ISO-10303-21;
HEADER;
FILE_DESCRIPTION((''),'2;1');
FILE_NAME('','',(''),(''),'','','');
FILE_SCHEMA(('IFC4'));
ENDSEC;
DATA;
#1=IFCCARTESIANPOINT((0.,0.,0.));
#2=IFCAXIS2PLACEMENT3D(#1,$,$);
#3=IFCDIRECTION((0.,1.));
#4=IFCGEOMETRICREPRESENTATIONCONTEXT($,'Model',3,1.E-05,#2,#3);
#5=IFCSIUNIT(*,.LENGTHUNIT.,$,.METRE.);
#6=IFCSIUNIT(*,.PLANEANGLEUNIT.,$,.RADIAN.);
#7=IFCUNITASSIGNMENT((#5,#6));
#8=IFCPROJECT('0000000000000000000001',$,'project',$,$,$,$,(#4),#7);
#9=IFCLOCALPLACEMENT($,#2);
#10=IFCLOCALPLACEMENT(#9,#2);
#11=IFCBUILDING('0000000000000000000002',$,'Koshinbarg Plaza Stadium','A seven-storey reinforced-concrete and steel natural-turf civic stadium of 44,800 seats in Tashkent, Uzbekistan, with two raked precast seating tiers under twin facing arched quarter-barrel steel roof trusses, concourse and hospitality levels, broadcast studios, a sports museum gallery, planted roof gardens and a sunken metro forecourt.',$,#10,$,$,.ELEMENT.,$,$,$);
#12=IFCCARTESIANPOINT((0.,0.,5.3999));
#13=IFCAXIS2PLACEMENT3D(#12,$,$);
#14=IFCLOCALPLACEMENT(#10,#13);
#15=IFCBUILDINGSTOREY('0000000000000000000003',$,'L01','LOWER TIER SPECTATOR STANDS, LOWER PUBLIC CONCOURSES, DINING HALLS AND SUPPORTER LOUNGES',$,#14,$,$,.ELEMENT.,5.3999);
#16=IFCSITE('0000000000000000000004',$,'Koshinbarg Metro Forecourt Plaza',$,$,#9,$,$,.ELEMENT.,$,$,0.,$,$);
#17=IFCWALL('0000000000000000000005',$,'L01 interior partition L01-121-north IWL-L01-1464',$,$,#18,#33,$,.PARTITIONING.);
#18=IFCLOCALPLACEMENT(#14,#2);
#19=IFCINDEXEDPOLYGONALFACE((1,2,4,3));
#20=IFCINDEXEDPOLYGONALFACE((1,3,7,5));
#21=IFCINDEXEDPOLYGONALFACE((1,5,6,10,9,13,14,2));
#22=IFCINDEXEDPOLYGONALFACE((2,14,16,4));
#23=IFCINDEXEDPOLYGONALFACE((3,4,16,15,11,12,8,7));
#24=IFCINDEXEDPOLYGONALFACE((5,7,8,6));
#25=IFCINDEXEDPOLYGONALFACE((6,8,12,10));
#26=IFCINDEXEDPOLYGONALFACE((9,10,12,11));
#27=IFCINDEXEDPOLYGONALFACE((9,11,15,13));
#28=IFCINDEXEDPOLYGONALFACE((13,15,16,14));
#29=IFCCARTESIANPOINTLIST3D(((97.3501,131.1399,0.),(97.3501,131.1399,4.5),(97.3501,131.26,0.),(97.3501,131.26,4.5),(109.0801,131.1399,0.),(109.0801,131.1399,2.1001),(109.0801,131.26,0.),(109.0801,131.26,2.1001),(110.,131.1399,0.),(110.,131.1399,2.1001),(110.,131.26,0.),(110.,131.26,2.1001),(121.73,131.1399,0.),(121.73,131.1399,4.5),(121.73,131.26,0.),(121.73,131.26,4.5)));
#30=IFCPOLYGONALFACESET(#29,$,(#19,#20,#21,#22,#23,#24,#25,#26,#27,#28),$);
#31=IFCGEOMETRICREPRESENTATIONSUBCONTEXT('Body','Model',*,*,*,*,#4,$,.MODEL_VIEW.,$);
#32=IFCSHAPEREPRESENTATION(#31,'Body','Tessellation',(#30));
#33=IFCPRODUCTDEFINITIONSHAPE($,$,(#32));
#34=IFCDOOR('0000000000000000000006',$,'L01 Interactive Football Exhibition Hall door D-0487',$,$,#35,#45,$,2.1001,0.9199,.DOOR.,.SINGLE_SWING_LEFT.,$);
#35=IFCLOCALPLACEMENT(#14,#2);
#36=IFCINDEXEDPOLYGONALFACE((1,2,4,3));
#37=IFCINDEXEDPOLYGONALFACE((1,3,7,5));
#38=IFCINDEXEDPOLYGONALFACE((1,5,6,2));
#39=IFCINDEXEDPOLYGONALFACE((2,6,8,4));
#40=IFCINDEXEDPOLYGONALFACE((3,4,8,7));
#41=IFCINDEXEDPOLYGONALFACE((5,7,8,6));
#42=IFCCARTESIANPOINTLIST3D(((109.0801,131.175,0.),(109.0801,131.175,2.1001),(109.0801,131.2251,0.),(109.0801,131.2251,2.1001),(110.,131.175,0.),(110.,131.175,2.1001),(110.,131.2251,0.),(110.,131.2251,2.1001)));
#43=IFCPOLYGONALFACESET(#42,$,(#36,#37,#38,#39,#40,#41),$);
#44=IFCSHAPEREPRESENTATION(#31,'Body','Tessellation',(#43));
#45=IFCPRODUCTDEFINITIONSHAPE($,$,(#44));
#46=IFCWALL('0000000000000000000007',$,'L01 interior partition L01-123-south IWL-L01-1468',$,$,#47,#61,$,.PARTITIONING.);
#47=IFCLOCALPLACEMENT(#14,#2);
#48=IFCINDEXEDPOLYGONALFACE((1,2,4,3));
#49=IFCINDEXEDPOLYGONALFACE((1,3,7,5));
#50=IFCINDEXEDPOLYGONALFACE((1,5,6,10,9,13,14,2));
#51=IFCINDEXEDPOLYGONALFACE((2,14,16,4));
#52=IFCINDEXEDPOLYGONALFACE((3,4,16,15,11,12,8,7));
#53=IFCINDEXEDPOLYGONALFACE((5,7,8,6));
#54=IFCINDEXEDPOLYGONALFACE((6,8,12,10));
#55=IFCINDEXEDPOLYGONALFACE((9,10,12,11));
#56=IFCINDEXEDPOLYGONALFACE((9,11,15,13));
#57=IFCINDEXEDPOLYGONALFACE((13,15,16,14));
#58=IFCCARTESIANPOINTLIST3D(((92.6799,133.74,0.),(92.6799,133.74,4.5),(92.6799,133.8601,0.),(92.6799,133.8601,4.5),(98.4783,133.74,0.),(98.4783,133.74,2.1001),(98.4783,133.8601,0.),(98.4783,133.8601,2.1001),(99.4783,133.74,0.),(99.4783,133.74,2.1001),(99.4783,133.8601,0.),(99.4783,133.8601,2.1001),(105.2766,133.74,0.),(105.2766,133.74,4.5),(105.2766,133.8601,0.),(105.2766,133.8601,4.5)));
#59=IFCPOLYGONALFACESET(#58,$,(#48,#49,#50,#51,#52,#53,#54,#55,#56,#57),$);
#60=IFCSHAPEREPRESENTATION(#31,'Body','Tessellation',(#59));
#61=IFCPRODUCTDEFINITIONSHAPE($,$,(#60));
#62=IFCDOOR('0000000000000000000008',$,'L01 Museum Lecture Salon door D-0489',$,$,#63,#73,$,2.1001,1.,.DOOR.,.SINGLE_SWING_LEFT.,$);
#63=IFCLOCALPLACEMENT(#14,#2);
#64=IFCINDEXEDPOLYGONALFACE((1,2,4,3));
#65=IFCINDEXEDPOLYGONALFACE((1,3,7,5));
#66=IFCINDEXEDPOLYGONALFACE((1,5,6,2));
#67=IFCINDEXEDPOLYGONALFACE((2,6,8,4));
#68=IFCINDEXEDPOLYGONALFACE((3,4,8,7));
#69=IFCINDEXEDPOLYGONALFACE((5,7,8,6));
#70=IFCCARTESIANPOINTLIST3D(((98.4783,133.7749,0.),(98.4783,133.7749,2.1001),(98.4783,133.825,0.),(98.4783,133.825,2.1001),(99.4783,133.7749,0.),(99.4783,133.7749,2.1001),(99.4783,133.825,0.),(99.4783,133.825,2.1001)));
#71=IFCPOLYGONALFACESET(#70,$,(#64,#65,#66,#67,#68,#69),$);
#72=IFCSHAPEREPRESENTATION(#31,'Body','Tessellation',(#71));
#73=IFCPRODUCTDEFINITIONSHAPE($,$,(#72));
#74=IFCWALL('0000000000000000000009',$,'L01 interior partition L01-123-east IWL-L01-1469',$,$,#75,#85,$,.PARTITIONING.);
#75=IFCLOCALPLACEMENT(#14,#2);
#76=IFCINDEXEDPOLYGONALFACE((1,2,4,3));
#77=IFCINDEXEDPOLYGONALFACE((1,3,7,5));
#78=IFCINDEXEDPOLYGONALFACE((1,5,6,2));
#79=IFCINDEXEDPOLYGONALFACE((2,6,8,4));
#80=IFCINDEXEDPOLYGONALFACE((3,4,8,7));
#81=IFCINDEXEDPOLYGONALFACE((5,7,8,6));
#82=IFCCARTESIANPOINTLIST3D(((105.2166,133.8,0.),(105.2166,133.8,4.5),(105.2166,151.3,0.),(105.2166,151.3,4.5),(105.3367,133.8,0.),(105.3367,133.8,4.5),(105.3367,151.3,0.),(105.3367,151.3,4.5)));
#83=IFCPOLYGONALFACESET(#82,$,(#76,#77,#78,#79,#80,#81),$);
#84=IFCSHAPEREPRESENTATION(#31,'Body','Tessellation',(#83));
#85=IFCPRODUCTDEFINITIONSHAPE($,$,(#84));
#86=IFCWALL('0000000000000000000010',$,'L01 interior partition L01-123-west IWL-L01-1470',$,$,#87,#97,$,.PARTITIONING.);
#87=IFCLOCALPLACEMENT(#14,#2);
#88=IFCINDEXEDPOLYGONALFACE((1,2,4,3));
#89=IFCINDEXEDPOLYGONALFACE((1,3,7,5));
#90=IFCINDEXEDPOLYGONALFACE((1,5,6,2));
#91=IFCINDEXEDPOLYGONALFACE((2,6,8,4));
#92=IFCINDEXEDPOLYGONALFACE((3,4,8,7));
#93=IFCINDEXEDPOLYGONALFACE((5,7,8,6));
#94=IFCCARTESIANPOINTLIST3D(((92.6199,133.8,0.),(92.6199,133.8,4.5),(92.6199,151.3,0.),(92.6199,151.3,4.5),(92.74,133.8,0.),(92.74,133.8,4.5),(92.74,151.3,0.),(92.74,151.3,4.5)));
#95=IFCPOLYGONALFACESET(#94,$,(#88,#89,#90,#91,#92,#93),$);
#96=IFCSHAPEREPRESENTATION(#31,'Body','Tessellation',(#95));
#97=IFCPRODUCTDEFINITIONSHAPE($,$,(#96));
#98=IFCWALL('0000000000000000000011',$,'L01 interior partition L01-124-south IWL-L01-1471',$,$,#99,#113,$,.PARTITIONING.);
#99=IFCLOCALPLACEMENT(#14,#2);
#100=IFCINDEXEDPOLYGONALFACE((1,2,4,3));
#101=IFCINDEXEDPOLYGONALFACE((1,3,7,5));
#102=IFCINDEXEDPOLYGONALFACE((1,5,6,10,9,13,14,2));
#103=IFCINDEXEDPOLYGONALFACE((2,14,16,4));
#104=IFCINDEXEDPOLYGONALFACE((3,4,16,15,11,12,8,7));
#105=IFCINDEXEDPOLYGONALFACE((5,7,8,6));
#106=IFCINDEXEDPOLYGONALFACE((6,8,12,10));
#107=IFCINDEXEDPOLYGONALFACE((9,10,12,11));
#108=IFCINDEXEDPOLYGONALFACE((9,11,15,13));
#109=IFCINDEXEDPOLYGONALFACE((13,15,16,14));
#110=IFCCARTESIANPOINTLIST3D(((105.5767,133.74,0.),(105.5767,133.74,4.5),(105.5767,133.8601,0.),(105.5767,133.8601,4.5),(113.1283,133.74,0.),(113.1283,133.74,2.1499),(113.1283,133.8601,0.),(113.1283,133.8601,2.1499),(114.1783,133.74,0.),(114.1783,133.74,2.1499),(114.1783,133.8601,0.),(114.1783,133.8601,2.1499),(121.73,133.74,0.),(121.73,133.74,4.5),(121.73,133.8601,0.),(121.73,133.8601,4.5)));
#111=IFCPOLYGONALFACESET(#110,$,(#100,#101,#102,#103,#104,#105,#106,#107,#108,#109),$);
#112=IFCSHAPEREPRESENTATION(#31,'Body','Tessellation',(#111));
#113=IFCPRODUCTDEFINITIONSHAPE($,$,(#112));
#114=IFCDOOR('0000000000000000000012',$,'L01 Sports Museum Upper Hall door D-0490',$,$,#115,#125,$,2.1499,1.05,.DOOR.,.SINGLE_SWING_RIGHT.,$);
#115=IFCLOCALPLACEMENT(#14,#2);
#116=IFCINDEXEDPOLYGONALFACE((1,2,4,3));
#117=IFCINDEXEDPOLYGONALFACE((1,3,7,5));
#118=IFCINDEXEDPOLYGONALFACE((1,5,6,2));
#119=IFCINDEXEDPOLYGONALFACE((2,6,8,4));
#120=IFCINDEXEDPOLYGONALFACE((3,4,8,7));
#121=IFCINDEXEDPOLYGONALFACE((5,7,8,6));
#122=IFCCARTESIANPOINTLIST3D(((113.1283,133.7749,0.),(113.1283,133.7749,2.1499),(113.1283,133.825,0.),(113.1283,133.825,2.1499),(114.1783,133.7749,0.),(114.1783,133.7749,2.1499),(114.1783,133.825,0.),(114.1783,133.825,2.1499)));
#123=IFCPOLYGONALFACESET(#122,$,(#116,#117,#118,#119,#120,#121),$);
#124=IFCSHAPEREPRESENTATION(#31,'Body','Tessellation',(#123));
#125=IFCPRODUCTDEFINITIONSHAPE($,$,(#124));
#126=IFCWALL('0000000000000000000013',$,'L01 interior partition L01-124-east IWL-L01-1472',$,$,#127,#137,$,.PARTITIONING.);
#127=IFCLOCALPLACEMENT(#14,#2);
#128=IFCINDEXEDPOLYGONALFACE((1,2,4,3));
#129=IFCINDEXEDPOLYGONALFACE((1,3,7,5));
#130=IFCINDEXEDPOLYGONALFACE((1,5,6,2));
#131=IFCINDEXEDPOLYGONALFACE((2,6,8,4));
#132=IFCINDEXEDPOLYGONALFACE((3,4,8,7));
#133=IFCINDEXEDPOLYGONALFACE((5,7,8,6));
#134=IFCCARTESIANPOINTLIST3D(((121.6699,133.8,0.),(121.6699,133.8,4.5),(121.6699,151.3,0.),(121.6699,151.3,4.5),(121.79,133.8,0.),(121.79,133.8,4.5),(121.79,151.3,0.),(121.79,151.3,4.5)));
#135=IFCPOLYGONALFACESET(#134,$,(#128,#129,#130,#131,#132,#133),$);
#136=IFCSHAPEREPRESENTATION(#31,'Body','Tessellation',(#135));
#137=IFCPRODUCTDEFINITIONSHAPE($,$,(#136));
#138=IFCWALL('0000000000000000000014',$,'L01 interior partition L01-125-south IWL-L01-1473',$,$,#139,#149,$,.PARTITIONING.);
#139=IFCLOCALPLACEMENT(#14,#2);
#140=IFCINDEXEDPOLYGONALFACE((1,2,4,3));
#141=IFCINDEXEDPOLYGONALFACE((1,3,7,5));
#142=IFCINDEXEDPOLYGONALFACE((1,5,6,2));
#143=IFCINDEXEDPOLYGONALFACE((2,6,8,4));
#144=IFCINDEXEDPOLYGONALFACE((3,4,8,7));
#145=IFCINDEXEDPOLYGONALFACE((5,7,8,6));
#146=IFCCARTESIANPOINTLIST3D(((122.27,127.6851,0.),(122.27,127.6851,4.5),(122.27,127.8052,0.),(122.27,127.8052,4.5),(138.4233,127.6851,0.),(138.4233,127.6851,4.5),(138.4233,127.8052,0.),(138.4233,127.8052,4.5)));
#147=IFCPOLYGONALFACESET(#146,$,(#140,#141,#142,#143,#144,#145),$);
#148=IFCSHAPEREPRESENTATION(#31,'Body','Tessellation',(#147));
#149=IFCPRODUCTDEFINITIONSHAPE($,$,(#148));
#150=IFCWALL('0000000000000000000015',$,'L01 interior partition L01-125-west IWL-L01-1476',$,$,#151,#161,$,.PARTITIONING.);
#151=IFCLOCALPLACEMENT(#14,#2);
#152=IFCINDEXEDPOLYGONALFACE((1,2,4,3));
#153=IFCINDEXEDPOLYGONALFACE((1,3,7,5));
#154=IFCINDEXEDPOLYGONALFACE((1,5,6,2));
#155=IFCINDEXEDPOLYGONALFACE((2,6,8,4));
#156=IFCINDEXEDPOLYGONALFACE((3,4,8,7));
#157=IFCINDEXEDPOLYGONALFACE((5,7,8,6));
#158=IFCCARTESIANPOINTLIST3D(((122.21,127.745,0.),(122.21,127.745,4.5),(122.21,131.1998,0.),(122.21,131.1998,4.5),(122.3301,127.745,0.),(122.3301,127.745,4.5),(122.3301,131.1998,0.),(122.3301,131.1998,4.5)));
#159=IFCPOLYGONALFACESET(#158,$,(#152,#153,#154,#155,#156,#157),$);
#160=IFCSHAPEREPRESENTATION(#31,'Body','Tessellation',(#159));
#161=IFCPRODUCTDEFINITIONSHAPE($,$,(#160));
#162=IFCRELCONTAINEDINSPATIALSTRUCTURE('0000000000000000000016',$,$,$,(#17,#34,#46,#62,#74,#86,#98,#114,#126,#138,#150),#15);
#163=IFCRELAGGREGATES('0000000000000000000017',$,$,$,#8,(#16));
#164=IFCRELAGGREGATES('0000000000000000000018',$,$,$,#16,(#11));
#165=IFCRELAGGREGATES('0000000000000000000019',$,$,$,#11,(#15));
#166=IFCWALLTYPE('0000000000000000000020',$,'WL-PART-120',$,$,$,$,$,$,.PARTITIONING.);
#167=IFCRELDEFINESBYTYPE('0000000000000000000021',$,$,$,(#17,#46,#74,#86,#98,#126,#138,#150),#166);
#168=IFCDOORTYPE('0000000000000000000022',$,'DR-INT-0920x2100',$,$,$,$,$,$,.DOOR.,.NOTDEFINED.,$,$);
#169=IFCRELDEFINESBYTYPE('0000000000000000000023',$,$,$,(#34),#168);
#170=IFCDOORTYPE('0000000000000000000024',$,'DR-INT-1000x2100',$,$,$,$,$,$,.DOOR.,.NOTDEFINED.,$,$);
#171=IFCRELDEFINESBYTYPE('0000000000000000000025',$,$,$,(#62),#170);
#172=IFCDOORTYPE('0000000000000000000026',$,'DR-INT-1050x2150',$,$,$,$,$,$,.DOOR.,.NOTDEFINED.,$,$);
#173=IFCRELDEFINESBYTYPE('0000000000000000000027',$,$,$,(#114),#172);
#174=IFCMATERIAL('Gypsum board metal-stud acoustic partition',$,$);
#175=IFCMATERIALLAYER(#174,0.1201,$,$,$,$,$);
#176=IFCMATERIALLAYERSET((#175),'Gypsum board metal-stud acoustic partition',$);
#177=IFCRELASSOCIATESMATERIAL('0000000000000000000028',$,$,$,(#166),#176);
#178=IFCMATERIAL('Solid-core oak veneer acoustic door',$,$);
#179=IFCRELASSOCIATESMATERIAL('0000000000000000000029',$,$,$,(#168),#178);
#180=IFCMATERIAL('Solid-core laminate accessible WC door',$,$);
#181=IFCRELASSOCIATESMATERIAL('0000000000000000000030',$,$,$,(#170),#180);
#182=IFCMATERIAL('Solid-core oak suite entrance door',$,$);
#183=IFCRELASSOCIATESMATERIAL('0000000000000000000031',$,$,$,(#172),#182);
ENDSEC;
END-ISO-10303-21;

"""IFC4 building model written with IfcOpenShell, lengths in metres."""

from ifc_helpers import new_model, si_unit, direction, frame, frame_2d, origin, place, context, subcontext, project, spatial, rectangle, extrude, material, layer, layer_set, type_object, element, fill, save


model = new_model("IFC4")

# Units and contexts
model_context = context("Model", 3, precision=1e-05, world=origin(), true_north=direction((0.0, 1.0)))
body_context = subcontext(model_context, "Body", "Model", "MODEL_VIEW")
ifc_project = project(units=[si_unit("LENGTHUNIT", "METRE"), si_unit("PLANEANGLEUNIT", "RADIAN")], contexts=[model_context])

# Site, building, storey
site_placement = place(None, origin())
site = spatial("IfcSite", under=ifc_project, at=site_placement, Name="Koshinbarg Metro Forecourt Plaza", CompositionType="ELEMENT", RefElevation=0.0)
building_placement = place(site_placement, origin())
building = spatial("IfcBuilding", under=site, at=building_placement, Name="Koshinbarg Plaza Stadium", Description="A seven-storey reinforced-concrete and steel natural-turf civic stadium of 44,800 seats in Tashkent, Uzbekistan, with two raked precast seating tiers under twin facing arched quarter-barrel steel roof trusses, concourse and hospitality levels, broadcast studios, a sports museum gallery, planted roof gardens and a sunken metro forecourt.", CompositionType="ELEMENT")
storey_placement = place(building_placement, frame((0.0, 0.0, 5.3999)))
storey = spatial("IfcBuildingStorey", under=building, at=storey_placement, Name="L01", Description="LOWER TIER SPECTATOR STANDS, LOWER PUBLIC CONCOURSES, DINING HALLS AND SUPPORTER LOUNGES", CompositionType="ELEMENT", Elevation=5.3999)

# Shared definitions
ifc_material_1 = material(Name="Gypsum board metal-stud acoustic partition")
ifc_layer_1 = layer(ifc_material_1, 0.1201)
ifc_layer_set_1 = layer_set([ifc_layer_1], Name="Gypsum board metal-stud acoustic partition")
wall_type_1 = type_object("IfcWallType", Name="WL-PART-120", PredefinedType="PARTITIONING", material=ifc_layer_set_1)

# Walls, openings, doors
wall_1_placement = place(storey_placement, frame((121.73, 131.2, 0.0), z_axis=(0.0, 0.0, 1.0), x_axis=(-1.0, 0.0, 0.0)))
wall_1 = element("IfcWall", 1, at=wall_1_placement, inside=storey, type_object=wall_type_1, Name="L01 interior partition L01-121-north IWL-L01-1464", PredefinedType="PARTITIONING", context=body_context, shape_type="SweptSolid", body=[
    extrude(rectangle(XDim=24.3799, YDim=0.1201, at=frame_2d((12.1899, 0.0))), origin(), (0.0, 0.0, 1.0), 4.5),
])
opening_1_placement = place(wall_1_placement, frame((11.73, 0.0, 0.0)))
opening_1 = element("IfcOpeningElement", 2, at=opening_1_placement, cuts=wall_1, PredefinedType="OPENING", context=body_context, shape_type="SweptSolid", body=[
    extrude(rectangle(XDim=0.9199, YDim=2.1001, at=frame_2d((0.46, 1.05))), frame((0.0, 0.0701, 0.0), z_axis=(0.0, -1.0, 0.0), x_axis=(1.0, 0.0, 0.0)), (0.0, 0.0, 1.0), 0.1401),
])
ifc_material_2 = material(Name="Solid-core oak veneer acoustic door")
door_type_1 = type_object("IfcDoorType", Name="DR-INT-0920x2100", OperationType="NOTDEFINED", PredefinedType="DOOR", material=ifc_material_2)
door_1_placement = place(opening_1_placement, origin())
door_1 = element("IfcDoor", 3, at=door_1_placement, inside=storey, type_object=door_type_1, Name="L01 Interactive Football Exhibition Hall door D-0487", OperationType="SINGLE_SWING_LEFT", OverallHeight=2.1001, OverallWidth=0.9199, PredefinedType="DOOR", context=body_context, shape_type="SweptSolid", body=[
    extrude(rectangle(XDim=0.9199, YDim=2.1001, at=frame_2d((0.46, 1.05))), frame((0.0, 0.0249, 0.0), z_axis=(0.0, -1.0, 0.0), x_axis=(1.0, 0.0, 0.0)), (0.0, 0.0, 1.0), 0.05),
])
fill(opening_1, door_1)
wall_2_placement = place(storey_placement, frame((92.6799, 133.8, 0.0), z_axis=(0.0, 0.0, 1.0), x_axis=(1.0, 0.0, 0.0)))
wall_2 = element("IfcWall", 4, at=wall_2_placement, inside=storey, type_object=wall_type_1, Name="L01 interior partition L01-123-south IWL-L01-1468", PredefinedType="PARTITIONING", context=body_context, shape_type="SweptSolid", body=[
    extrude(rectangle(XDim=12.5967, YDim=0.1201, at=frame_2d((6.2983, 0.0))), origin(), (0.0, 0.0, 1.0), 4.5),
])
opening_2_placement = place(wall_2_placement, frame((5.7983, 0.0, 0.0)))
opening_2 = element("IfcOpeningElement", 5, at=opening_2_placement, cuts=wall_2, PredefinedType="OPENING", context=body_context, shape_type="SweptSolid", body=[
    extrude(rectangle(XDim=1.0, YDim=2.1001, at=frame_2d((0.5, 1.05))), frame((0.0, 0.0701, 0.0), z_axis=(0.0, -1.0, 0.0), x_axis=(1.0, 0.0, 0.0)), (0.0, 0.0, 1.0), 0.1401),
])
ifc_material_3 = material(Name="Solid-core laminate accessible WC door")
door_type_2 = type_object("IfcDoorType", Name="DR-INT-1000x2100", OperationType="NOTDEFINED", PredefinedType="DOOR", material=ifc_material_3)
door_2_placement = place(opening_2_placement, origin())
door_2 = element("IfcDoor", 6, at=door_2_placement, inside=storey, type_object=door_type_2, Name="L01 Museum Lecture Salon door D-0489", OperationType="SINGLE_SWING_LEFT", OverallHeight=2.1001, OverallWidth=1.0, PredefinedType="DOOR", context=body_context, shape_type="SweptSolid", body=[
    extrude(rectangle(XDim=1.0, YDim=2.1001, at=frame_2d((0.5, 1.05))), frame((0.0, 0.0249, 0.0), z_axis=(0.0, -1.0, 0.0), x_axis=(1.0, 0.0, 0.0)), (0.0, 0.0, 1.0), 0.05),
])
fill(opening_2, door_2)

# Walls
for number, where, z_axis, x_axis, name in (
    (7, (105.2766, 133.8, 0.0), (0.0, 0.0, 1.0), (0.0, 1.0, 0.0), "L01 interior partition L01-123-east IWL-L01-1469"),
    (8, (92.6799, 151.3, 0.0), (0.0, 0.0, 1.0), (0.0, -1.0, 0.0), "L01 interior partition L01-123-west IWL-L01-1470"),
):
    element("IfcWall", number, at=place(storey_placement, frame(where, z_axis=z_axis, x_axis=x_axis)), inside=storey, type_object=wall_type_1, Name=name, PredefinedType="PARTITIONING", context=body_context, shape_type="SweptSolid", body=[
        extrude(rectangle(XDim=17.5, YDim=0.1201, at=frame_2d((8.75, 0.0))), origin(), (0.0, 0.0, 1.0), 4.5),
    ])

# Wall, opening, door
wall_3_placement = place(storey_placement, frame((105.5767, 133.8, 0.0), z_axis=(0.0, 0.0, 1.0), x_axis=(1.0, 0.0, 0.0)))
wall_3 = element("IfcWall", 9, at=wall_3_placement, inside=storey, type_object=wall_type_1, Name="L01 interior partition L01-124-south IWL-L01-1471", PredefinedType="PARTITIONING", context=body_context, shape_type="SweptSolid", body=[
    extrude(rectangle(XDim=16.1533, YDim=0.1201, at=frame_2d((8.0767, 0.0))), origin(), (0.0, 0.0, 1.0), 4.5),
])
opening_3_placement = place(wall_3_placement, frame((7.5518, 0.0, 0.0)))
opening_3 = element("IfcOpeningElement", 10, at=opening_3_placement, cuts=wall_3, PredefinedType="OPENING", context=body_context, shape_type="SweptSolid", body=[
    extrude(rectangle(XDim=1.05, YDim=2.1499, at=frame_2d((0.5249, 1.075))), frame((0.0, 0.0701, 0.0), z_axis=(0.0, -1.0, 0.0), x_axis=(1.0, 0.0, 0.0)), (0.0, 0.0, 1.0), 0.1401),
])
ifc_material_4 = material(Name="Solid-core oak suite entrance door")
door_type_3 = type_object("IfcDoorType", Name="DR-INT-1050x2150", OperationType="NOTDEFINED", PredefinedType="DOOR", material=ifc_material_4)
door_3_placement = place(opening_3_placement, origin())
door_3 = element("IfcDoor", 11, at=door_3_placement, inside=storey, type_object=door_type_3, Name="L01 Sports Museum Upper Hall door D-0490", OperationType="SINGLE_SWING_RIGHT", OverallHeight=2.1499, OverallWidth=1.05, PredefinedType="DOOR", context=body_context, shape_type="SweptSolid", body=[
    extrude(rectangle(XDim=1.05, YDim=2.1499, at=frame_2d((0.5249, 1.075))), frame((0.0, 0.0249, 0.0), z_axis=(0.0, -1.0, 0.0), x_axis=(1.0, 0.0, 0.0)), (0.0, 0.0, 1.0), 0.05),
])
fill(opening_3, door_3)

# Walls
wall_4_placement = place(storey_placement, frame((121.73, 133.8, 0.0), z_axis=(0.0, 0.0, 1.0), x_axis=(0.0, 1.0, 0.0)))
element("IfcWall", 12, at=wall_4_placement, inside=storey, type_object=wall_type_1, Name="L01 interior partition L01-124-east IWL-L01-1472", PredefinedType="PARTITIONING", context=body_context, shape_type="SweptSolid", body=[
    extrude(rectangle(XDim=17.5, YDim=0.1201, at=frame_2d((8.75, 0.0))), origin(), (0.0, 0.0, 1.0), 4.5),
])
wall_5_placement = place(storey_placement, frame((122.27, 127.7451, 0.0), z_axis=(0.0, 0.0, 1.0), x_axis=(1.0, 0.0, 0.0)))
element("IfcWall", 13, at=wall_5_placement, inside=storey, type_object=wall_type_1, Name="L01 interior partition L01-125-south IWL-L01-1473", PredefinedType="PARTITIONING", context=body_context, shape_type="SweptSolid", body=[
    extrude(rectangle(XDim=16.1533, YDim=0.1201, at=frame_2d((8.0767, 0.0))), origin(), (0.0, 0.0, 1.0), 4.5),
])
wall_6_placement = place(storey_placement, frame((122.27, 131.2, 0.0), z_axis=(0.0, 0.0, 1.0), x_axis=(0.0, -1.0, 0.0)))
element("IfcWall", 14, at=wall_6_placement, inside=storey, type_object=wall_type_1, Name="L01 interior partition L01-125-west IWL-L01-1476", PredefinedType="PARTITIONING", context=body_context, shape_type="SweptSolid", body=[
    extrude(rectangle(XDim=3.4548, YDim=0.1201, at=frame_2d((1.7275, 0.0))), origin(), (0.0, 0.0, 1.0), 4.5),
])

save(model, "model.ifc")
